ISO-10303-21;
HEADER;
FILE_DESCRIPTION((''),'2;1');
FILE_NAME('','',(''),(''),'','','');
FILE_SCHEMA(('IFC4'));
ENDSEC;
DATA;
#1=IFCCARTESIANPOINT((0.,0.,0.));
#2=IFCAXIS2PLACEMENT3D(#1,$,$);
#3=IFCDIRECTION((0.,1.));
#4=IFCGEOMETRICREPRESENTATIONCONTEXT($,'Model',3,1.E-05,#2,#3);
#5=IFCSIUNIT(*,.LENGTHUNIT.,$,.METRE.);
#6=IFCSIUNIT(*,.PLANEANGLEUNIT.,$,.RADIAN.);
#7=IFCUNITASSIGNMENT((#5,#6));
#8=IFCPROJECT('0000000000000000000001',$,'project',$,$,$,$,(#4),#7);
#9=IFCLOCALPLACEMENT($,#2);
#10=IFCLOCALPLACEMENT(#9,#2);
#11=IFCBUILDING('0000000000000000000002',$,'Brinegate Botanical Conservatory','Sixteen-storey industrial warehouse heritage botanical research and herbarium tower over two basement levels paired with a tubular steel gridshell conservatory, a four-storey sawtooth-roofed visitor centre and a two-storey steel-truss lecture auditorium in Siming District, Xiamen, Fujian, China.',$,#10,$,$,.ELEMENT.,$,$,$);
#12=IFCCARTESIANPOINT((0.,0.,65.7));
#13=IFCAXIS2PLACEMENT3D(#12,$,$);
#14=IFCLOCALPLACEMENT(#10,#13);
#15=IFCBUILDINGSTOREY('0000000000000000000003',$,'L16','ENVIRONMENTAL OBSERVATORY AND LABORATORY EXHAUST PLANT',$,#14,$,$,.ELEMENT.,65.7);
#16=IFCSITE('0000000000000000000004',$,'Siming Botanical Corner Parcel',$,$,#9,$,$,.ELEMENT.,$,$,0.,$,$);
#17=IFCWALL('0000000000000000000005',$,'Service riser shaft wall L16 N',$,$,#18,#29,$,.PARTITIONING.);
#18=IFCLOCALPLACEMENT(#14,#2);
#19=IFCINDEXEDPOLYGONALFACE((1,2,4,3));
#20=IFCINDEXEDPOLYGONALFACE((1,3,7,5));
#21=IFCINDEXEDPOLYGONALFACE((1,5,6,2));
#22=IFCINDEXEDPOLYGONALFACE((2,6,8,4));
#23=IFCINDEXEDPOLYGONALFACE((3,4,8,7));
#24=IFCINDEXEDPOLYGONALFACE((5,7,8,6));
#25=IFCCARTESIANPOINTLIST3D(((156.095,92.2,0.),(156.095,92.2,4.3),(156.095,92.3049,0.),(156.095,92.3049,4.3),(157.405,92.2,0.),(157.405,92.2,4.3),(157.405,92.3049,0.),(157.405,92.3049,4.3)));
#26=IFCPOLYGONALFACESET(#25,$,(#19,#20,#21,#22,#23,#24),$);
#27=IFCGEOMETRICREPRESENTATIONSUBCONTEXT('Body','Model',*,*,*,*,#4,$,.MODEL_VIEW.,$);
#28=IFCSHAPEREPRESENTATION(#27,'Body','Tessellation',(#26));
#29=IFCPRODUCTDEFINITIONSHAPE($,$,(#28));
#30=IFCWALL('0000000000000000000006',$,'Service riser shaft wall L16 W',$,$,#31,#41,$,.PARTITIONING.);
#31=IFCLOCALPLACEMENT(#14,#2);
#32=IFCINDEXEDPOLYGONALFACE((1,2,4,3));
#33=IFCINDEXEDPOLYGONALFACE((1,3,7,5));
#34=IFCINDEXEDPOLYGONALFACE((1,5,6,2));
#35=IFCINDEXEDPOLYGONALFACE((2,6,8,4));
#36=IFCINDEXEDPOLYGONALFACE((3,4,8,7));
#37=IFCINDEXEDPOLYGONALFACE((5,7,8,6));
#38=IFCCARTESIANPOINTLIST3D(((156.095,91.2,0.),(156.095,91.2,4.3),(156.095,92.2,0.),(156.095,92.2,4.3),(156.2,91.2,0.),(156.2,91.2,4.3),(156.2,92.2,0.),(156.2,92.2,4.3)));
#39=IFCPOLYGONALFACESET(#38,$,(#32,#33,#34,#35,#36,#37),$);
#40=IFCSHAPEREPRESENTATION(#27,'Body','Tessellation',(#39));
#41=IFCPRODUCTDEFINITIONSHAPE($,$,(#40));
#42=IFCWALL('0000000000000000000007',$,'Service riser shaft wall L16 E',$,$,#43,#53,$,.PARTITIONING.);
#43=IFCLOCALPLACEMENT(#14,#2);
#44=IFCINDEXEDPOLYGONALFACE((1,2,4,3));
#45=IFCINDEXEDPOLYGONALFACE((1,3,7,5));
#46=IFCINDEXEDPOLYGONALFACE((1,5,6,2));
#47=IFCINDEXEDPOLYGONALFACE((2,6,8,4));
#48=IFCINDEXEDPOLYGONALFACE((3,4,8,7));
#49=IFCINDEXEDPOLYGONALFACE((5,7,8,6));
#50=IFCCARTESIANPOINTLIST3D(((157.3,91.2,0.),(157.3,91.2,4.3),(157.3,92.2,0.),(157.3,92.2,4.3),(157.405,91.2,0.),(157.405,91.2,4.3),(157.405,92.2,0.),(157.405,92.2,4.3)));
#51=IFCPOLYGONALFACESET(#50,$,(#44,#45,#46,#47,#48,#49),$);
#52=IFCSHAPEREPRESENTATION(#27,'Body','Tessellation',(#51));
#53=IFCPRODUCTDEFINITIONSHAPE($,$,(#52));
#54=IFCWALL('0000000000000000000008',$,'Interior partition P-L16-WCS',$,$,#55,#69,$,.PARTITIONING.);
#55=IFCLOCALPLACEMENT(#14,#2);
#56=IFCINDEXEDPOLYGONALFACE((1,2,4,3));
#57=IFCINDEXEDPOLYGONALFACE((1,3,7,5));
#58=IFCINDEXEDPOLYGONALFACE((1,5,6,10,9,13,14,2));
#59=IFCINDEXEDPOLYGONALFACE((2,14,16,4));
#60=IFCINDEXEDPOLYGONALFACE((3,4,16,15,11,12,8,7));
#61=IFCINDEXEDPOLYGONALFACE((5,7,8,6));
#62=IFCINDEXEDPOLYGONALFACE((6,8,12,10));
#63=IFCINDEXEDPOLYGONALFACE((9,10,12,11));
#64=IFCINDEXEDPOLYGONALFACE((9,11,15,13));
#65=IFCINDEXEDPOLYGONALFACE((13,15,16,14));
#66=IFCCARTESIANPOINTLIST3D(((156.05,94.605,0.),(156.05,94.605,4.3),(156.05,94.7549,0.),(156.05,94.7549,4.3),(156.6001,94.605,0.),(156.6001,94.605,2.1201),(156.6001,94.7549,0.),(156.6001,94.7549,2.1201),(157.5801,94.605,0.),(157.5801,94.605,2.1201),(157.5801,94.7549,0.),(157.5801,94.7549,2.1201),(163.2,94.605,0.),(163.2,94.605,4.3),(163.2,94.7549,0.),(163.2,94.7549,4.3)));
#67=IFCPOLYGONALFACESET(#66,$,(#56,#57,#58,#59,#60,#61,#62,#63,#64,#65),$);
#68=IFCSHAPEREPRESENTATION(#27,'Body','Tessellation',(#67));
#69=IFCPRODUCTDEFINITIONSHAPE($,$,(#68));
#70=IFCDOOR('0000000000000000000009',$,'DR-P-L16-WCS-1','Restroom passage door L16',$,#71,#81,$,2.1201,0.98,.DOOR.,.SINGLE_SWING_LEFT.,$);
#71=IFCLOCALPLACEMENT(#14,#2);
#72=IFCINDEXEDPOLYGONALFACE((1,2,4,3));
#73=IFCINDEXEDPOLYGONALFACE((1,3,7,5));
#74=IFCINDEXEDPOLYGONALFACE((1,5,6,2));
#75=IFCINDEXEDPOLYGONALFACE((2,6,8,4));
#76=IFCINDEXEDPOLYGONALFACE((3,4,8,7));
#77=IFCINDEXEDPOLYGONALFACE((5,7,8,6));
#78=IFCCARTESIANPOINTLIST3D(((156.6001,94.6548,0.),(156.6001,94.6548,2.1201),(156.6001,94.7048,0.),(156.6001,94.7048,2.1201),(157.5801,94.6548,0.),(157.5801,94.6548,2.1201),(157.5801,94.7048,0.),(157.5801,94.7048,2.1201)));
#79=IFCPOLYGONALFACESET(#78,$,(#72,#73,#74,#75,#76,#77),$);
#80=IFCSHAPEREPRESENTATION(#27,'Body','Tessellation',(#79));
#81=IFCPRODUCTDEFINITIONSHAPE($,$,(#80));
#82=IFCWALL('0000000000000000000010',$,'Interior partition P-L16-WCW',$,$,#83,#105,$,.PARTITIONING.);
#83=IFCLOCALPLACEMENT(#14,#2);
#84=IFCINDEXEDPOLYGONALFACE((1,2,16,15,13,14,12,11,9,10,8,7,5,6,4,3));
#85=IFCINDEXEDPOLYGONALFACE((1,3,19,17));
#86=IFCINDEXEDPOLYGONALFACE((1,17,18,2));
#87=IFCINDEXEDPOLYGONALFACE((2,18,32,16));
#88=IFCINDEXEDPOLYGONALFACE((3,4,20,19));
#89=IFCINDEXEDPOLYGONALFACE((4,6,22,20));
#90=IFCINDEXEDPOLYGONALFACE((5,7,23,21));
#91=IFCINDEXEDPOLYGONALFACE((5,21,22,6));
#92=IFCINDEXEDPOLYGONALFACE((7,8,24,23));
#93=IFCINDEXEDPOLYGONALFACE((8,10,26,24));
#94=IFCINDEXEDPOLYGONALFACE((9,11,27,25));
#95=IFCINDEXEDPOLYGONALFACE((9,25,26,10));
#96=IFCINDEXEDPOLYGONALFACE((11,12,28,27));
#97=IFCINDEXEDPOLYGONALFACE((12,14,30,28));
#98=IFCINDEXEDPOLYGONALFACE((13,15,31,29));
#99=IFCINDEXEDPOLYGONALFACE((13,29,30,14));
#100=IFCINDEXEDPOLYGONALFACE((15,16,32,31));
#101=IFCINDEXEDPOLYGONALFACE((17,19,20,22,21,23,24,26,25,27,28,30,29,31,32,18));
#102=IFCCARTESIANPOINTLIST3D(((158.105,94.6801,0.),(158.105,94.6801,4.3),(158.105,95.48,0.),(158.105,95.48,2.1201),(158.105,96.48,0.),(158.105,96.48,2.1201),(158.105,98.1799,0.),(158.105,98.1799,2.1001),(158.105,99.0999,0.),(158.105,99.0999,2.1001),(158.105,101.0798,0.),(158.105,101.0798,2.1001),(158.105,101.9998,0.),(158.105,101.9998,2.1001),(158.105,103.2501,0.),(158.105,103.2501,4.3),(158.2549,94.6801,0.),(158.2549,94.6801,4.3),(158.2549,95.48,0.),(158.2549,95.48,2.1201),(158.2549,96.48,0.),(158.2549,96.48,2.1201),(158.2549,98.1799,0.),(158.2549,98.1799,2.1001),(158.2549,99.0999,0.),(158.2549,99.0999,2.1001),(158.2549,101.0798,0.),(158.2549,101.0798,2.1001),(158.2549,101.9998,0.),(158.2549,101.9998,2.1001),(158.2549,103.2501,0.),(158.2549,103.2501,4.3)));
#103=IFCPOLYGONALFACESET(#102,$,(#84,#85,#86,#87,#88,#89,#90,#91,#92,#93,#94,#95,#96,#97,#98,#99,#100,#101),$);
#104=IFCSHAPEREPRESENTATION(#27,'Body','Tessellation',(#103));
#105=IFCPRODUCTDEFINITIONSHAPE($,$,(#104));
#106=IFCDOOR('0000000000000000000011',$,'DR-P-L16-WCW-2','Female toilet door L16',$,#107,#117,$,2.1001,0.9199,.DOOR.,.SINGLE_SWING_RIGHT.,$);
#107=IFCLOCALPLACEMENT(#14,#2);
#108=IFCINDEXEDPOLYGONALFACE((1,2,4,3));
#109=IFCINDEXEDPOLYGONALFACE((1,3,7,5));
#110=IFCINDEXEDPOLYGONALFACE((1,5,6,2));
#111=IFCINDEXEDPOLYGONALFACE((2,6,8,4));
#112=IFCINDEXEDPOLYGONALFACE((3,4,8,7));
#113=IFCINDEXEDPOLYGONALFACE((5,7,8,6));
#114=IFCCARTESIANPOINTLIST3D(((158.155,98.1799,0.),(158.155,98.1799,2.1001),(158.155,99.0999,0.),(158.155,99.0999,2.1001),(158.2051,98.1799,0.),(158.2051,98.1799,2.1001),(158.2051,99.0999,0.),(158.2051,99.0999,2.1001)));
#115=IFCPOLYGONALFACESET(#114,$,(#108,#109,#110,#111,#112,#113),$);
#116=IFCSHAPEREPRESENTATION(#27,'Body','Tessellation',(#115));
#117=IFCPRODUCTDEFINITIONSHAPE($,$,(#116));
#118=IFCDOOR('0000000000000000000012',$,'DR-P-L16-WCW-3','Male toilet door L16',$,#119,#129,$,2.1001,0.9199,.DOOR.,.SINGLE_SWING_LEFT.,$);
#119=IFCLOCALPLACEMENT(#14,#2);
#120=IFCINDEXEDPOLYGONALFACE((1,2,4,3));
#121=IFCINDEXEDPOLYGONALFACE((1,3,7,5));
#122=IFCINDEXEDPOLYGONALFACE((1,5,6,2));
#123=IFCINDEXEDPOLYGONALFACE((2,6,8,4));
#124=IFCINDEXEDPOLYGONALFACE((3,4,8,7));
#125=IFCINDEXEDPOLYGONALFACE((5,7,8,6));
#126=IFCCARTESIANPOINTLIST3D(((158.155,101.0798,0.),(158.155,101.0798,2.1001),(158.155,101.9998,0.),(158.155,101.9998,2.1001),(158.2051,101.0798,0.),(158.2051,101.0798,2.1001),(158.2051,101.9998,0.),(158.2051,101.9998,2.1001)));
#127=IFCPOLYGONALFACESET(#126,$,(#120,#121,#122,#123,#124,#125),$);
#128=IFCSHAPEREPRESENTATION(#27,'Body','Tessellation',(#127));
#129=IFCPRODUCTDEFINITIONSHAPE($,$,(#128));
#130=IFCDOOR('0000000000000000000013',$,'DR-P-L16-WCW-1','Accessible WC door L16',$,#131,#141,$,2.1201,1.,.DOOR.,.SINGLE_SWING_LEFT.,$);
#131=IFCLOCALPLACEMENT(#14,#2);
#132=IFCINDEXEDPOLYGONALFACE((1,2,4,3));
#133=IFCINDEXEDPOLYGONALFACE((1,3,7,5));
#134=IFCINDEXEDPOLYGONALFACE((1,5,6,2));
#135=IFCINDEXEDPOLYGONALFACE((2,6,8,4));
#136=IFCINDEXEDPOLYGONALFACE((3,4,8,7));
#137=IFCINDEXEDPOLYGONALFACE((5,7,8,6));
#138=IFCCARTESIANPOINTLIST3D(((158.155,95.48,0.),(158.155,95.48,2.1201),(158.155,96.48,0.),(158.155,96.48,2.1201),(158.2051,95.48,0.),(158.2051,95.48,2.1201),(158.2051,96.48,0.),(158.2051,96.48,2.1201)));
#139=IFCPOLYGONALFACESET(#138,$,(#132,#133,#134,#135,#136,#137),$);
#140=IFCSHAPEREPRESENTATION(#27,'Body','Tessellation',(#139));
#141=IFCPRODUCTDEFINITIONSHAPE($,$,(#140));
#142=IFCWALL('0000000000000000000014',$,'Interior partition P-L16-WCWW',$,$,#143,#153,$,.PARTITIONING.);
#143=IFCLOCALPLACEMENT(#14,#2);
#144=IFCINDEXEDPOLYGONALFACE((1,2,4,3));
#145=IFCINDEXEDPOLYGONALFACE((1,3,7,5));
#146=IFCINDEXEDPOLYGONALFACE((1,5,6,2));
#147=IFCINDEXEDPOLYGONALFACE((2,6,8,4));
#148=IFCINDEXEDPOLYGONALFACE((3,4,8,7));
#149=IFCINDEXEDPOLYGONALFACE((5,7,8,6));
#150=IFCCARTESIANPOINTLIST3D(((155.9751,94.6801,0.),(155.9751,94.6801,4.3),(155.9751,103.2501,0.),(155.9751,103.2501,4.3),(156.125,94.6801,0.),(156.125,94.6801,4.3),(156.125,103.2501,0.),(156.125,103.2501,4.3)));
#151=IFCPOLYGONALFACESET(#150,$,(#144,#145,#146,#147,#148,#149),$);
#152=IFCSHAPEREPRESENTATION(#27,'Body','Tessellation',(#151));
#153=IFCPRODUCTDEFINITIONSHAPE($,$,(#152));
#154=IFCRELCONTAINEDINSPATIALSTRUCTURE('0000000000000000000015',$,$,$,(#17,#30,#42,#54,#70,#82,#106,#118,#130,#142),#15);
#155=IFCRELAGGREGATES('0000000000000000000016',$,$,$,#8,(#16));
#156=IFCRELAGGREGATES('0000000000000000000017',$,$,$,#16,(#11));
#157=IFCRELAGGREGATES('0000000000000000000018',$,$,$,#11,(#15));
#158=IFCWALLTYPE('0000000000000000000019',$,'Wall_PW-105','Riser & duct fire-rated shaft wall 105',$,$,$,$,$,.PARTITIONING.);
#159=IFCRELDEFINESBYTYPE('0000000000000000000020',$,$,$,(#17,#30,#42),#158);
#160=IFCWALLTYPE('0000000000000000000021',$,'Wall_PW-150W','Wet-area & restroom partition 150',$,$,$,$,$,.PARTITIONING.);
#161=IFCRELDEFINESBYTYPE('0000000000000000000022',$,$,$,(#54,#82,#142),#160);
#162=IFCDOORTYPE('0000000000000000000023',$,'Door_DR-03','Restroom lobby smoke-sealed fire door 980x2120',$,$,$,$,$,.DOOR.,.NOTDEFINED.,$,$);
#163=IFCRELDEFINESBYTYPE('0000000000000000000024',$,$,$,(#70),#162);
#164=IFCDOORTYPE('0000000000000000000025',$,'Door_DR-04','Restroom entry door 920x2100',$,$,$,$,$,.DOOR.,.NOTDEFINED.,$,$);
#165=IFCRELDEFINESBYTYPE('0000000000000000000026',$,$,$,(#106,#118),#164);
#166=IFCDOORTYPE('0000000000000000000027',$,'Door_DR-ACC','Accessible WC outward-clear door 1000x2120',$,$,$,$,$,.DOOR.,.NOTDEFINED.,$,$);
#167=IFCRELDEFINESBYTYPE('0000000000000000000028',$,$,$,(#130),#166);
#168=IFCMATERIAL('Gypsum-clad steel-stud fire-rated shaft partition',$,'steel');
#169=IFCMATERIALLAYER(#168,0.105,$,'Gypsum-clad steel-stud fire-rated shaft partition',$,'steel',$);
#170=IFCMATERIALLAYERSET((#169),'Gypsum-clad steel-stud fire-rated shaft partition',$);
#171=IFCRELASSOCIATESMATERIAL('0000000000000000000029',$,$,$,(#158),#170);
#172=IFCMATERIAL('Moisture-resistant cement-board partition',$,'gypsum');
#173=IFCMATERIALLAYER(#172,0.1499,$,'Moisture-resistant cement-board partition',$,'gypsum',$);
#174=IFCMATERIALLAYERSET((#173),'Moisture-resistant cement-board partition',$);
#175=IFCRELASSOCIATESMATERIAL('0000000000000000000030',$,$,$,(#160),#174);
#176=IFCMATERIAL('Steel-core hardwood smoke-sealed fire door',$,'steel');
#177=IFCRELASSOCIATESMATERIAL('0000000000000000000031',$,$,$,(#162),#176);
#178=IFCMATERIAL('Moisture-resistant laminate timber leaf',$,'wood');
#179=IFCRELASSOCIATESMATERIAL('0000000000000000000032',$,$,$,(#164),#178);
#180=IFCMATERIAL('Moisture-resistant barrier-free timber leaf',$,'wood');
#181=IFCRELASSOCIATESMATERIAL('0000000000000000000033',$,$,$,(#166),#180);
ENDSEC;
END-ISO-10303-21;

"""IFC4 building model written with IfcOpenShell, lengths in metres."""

from ifc_helpers import new_model, si_unit, direction, frame, frame_2d, origin, place, context, subcontext, project, spatial, rectangle, extrude, material, layer, layer_set, type_object, element, fill, save


model = new_model("IFC4")

# Units and contexts
model_context = context("Model", 3, precision=1e-05, world=origin(), true_north=direction((0.0, 1.0)))
body_context = subcontext(model_context, "Body", "Model", "MODEL_VIEW")
ifc_project = project(units=[si_unit("LENGTHUNIT", "METRE"), si_unit("PLANEANGLEUNIT", "RADIAN")], contexts=[model_context])

# Site, building, storey
site_placement = place(None, origin())
site = spatial("IfcSite", under=ifc_project, at=site_placement, Name="Siming Botanical Corner Parcel", CompositionType="ELEMENT", RefElevation=0.0)
building_placement = place(site_placement, origin())
building = spatial("IfcBuilding", under=site, at=building_placement, Name="Brinegate Botanical Conservatory", Description="Sixteen-storey industrial warehouse heritage botanical research and herbarium tower over two basement levels paired with a tubular steel gridshell conservatory, a four-storey sawtooth-roofed visitor centre and a two-storey steel-truss lecture auditorium in Siming District, Xiamen, Fujian, China.", CompositionType="ELEMENT")
storey_placement = place(building_placement, frame((0.0, 0.0, 65.7)))
storey = spatial("IfcBuildingStorey", under=building, at=storey_placement, Name="L16", Description="ENVIRONMENTAL OBSERVATORY AND LABORATORY EXHAUST PLANT", CompositionType="ELEMENT", Elevation=65.7)

# Walls
ifc_material_1 = material(Name="Gypsum-clad steel-stud fire-rated shaft partition", Category="steel")
ifc_layer_1 = layer(ifc_material_1, 0.105, Name="Gypsum-clad steel-stud fire-rated shaft partition", Category="steel")
ifc_layer_set_1 = layer_set([ifc_layer_1], Name="Gypsum-clad steel-stud fire-rated shaft partition")
wall_type_1 = type_object("IfcWallType", Name="Wall_PW-105", Description="Riser & duct fire-rated shaft wall 105", PredefinedType="PARTITIONING", material=ifc_layer_set_1)
for number, where, z_axis, x_axis, name in (
    (1, (156.095, 92.2524, 0.0), (0.0, 0.0, 1.0), (1.0, 0.0, 0.0), "Service riser shaft wall L16 N"),
):
    element("IfcWall", number, at=place(storey_placement, frame(where, z_axis=z_axis, x_axis=x_axis)), inside=storey, type_object=wall_type_1, Name=name, PredefinedType="PARTITIONING", context=body_context, shape_type="SweptSolid", body=[
        extrude(rectangle(XDim=1.3101, YDim=0.105, at=frame_2d((0.655, 0.0))), origin(), (0.0, 0.0, 1.0), 4.3),
    ])
for number, where, z_axis, x_axis, name in (
    (2, (156.1475, 91.2, 0.0), (0.0, 0.0, 1.0), (0.0, 1.0, 0.0), "Service riser shaft wall L16 W"),
    (3, (157.3525, 91.2, 0.0), (0.0, 0.0, 1.0), (0.0, 1.0, 0.0), "Service riser shaft wall L16 E"),
):
    element("IfcWall", number, at=place(storey_placement, frame(where, z_axis=z_axis, x_axis=x_axis)), inside=storey, type_object=wall_type_1, Name=name, PredefinedType="PARTITIONING", context=body_context, shape_type="SweptSolid", body=[
        extrude(rectangle(XDim=1.0, YDim=0.105, at=frame_2d((0.5, 0.0))), origin(), (0.0, 0.0, 1.0), 4.3),
    ])

# Wall, opening, door
ifc_material_2 = material(Name="Moisture-resistant cement-board partition", Category="gypsum")
ifc_layer_2 = layer(ifc_material_2, 0.1499, Name="Moisture-resistant cement-board partition", Category="gypsum")
ifc_layer_set_2 = layer_set([ifc_layer_2], Name="Moisture-resistant cement-board partition")
wall_type_2 = type_object("IfcWallType", Name="Wall_PW-150W", Description="Wet-area & restroom partition 150", PredefinedType="PARTITIONING", material=ifc_layer_set_2)
wall_1_placement = place(storey_placement, frame((156.05, 94.6799, 0.0), z_axis=(0.0, 0.0, 1.0), x_axis=(1.0, 0.0, 0.0)))
wall_1 = element("IfcWall", 4, at=wall_1_placement, inside=storey, type_object=wall_type_2, Name="Interior partition P-L16-WCS", PredefinedType="PARTITIONING", context=body_context, shape_type="SweptSolid", body=[
    extrude(rectangle(XDim=7.1499, YDim=0.1499, at=frame_2d((3.575, 0.0))), origin(), (0.0, 0.0, 1.0), 4.3),
])
opening_1_placement = place(wall_1_placement, frame((0.55, 0.0, 0.0)))
opening_1 = element("IfcOpeningElement", 5, at=opening_1_placement, cuts=wall_1, PredefinedType="OPENING", context=body_context, shape_type="SweptSolid", body=[
    extrude(rectangle(XDim=0.98, YDim=2.1201, at=frame_2d((0.49, 1.0601))), frame((0.0, 0.085, 0.0), z_axis=(0.0, -1.0, 0.0), x_axis=(1.0, 0.0, 0.0)), (0.0, 0.0, 1.0), 0.1699),
])
ifc_material_3 = material(Name="Steel-core hardwood smoke-sealed fire door", Category="steel")
door_type_1 = type_object("IfcDoorType", Name="Door_DR-03", Description="Restroom lobby smoke-sealed fire door 980x2120", OperationType="NOTDEFINED", PredefinedType="DOOR", material=ifc_material_3)
door_1_placement = place(opening_1_placement, origin())
door_1 = element("IfcDoor", 6, at=door_1_placement, inside=storey, type_object=door_type_1, Name="DR-P-L16-WCS-1", Description="Restroom passage door L16", OperationType="SINGLE_SWING_LEFT", OverallHeight=2.1201, OverallWidth=0.98, PredefinedType="DOOR", context=body_context, shape_type="SweptSolid", body=[
    extrude(rectangle(XDim=0.98, YDim=2.1201, at=frame_2d((0.49, 1.0601))), frame((0.0, 0.0249, 0.0), z_axis=(0.0, -1.0, 0.0), x_axis=(1.0, 0.0, 0.0)), (0.0, 0.0, 1.0), 0.05),
])
fill(opening_1, door_1)

# Wall, openings, doors
wall_2_placement = place(storey_placement, frame((158.1799, 94.6799, 0.0), z_axis=(0.0, 0.0, 1.0), x_axis=(0.0, 1.0, 0.0)))
wall_2 = element("IfcWall", 7, at=wall_2_placement, inside=storey, type_object=wall_type_2, Name="Interior partition P-L16-WCW", PredefinedType="PARTITIONING", context=body_context, shape_type="SweptSolid", body=[
    extrude(rectangle(XDim=8.5701, YDim=0.1499, at=frame_2d((4.2852, 0.0))), origin(), (0.0, 0.0, 1.0), 4.3),
])
opening_2_placement = place(wall_2_placement, frame((0.8, 0.0, 0.0)))
opening_2 = element("IfcOpeningElement", 8, at=opening_2_placement, cuts=wall_2, PredefinedType="OPENING", context=body_context, shape_type="SweptSolid", body=[
    extrude(rectangle(XDim=1.0, YDim=2.1201, at=frame_2d((0.5, 1.0601))), frame((0.0, 0.085, 0.0), z_axis=(0.0, -1.0, 0.0), x_axis=(1.0, 0.0, 0.0)), (0.0, 0.0, 1.0), 0.1699),
])
opening_3_placement = place(wall_2_placement, frame((3.5, 0.0, 0.0)))
opening_3 = element("IfcOpeningElement", 9, at=opening_3_placement, cuts=wall_2, PredefinedType="OPENING", context=body_context, shape_type="SweptSolid", body=[
    extrude(rectangle(XDim=0.9199, YDim=2.1001, at=frame_2d((0.46, 1.05))), frame((0.0, 0.085, 0.0), z_axis=(0.0, -1.0, 0.0), x_axis=(1.0, 0.0, 0.0)), (0.0, 0.0, 1.0), 0.1699),
])
opening_4_placement = place(wall_2_placement, frame((6.3999, 0.0, 0.0)))
opening_4 = element("IfcOpeningElement", 10, at=opening_4_placement, cuts=wall_2, PredefinedType="OPENING", context=body_context, shape_type="SweptSolid", body=[
    extrude(rectangle(XDim=0.9199, YDim=2.1001, at=frame_2d((0.46, 1.05))), frame((0.0, 0.085, 0.0), z_axis=(0.0, -1.0, 0.0), x_axis=(1.0, 0.0, 0.0)), (0.0, 0.0, 1.0), 0.1699),
])
ifc_material_4 = material(Name="Moisture-resistant laminate timber leaf", Category="wood")
door_type_2 = type_object("IfcDoorType", Name="Door_DR-04", Description="Restroom entry door 920x2100", OperationType="NOTDEFINED", PredefinedType="DOOR", material=ifc_material_4)
door_2_placement = place(opening_3_placement, origin())
door_2 = element("IfcDoor", 11, at=door_2_placement, inside=storey, type_object=door_type_2, Name="DR-P-L16-WCW-2", Description="Female toilet door L16", OperationType="SINGLE_SWING_RIGHT", OverallHeight=2.1001, OverallWidth=0.9199, PredefinedType="DOOR", context=body_context, shape_type="SweptSolid", body=[
    extrude(rectangle(XDim=0.9199, YDim=2.1001, at=frame_2d((0.46, 1.05))), frame((0.0, 0.0249, 0.0), z_axis=(0.0, -1.0, 0.0), x_axis=(1.0, 0.0, 0.0)), (0.0, 0.0, 1.0), 0.05),
])
fill(opening_3, door_2)
door_3_placement = place(opening_4_placement, origin())
door_3 = element("IfcDoor", 12, at=door_3_placement, inside=storey, type_object=door_type_2, Name="DR-P-L16-WCW-3", Description="Male toilet door L16", OperationType="SINGLE_SWING_LEFT", OverallHeight=2.1001, OverallWidth=0.9199, PredefinedType="DOOR", context=body_context, shape_type="SweptSolid", body=[
    extrude(rectangle(XDim=0.9199, YDim=2.1001, at=frame_2d((0.46, 1.05))), frame((0.0, 0.0249, 0.0), z_axis=(0.0, -1.0, 0.0), x_axis=(1.0, 0.0, 0.0)), (0.0, 0.0, 1.0), 0.05),
])
fill(opening_4, door_3)
ifc_material_5 = material(Name="Moisture-resistant barrier-free timber leaf", Category="wood")
door_type_3 = type_object("IfcDoorType", Name="Door_DR-ACC", Description="Accessible WC outward-clear door 1000x2120", OperationType="NOTDEFINED", PredefinedType="DOOR", material=ifc_material_5)
door_4_placement = place(opening_2_placement, origin())
door_4 = element("IfcDoor", 13, at=door_4_placement, inside=storey, type_object=door_type_3, Name="DR-P-L16-WCW-1", Description="Accessible WC door L16", OperationType="SINGLE_SWING_LEFT", OverallHeight=2.1201, OverallWidth=1.0, PredefinedType="DOOR", context=body_context, shape_type="SweptSolid", body=[
    extrude(rectangle(XDim=1.0, YDim=2.1201, at=frame_2d((0.5, 1.0601))), frame((0.0, 0.0249, 0.0), z_axis=(0.0, -1.0, 0.0), x_axis=(1.0, 0.0, 0.0)), (0.0, 0.0, 1.0), 0.05),
])
fill(opening_2, door_4)

# Wall
wall_3_placement = place(storey_placement, frame((156.05, 94.6799, 0.0), z_axis=(0.0, 0.0, 1.0), x_axis=(0.0, 1.0, 0.0)))
element("IfcWall", 14, at=wall_3_placement, inside=storey, type_object=wall_type_2, Name="Interior partition P-L16-WCWW", PredefinedType="PARTITIONING", context=body_context, shape_type="SweptSolid", body=[
    extrude(rectangle(XDim=8.5701, YDim=0.1499, at=frame_2d((4.2852, 0.0))), origin(), (0.0, 0.0, 1.0), 4.3),
])

save(model, "model.ifc")
